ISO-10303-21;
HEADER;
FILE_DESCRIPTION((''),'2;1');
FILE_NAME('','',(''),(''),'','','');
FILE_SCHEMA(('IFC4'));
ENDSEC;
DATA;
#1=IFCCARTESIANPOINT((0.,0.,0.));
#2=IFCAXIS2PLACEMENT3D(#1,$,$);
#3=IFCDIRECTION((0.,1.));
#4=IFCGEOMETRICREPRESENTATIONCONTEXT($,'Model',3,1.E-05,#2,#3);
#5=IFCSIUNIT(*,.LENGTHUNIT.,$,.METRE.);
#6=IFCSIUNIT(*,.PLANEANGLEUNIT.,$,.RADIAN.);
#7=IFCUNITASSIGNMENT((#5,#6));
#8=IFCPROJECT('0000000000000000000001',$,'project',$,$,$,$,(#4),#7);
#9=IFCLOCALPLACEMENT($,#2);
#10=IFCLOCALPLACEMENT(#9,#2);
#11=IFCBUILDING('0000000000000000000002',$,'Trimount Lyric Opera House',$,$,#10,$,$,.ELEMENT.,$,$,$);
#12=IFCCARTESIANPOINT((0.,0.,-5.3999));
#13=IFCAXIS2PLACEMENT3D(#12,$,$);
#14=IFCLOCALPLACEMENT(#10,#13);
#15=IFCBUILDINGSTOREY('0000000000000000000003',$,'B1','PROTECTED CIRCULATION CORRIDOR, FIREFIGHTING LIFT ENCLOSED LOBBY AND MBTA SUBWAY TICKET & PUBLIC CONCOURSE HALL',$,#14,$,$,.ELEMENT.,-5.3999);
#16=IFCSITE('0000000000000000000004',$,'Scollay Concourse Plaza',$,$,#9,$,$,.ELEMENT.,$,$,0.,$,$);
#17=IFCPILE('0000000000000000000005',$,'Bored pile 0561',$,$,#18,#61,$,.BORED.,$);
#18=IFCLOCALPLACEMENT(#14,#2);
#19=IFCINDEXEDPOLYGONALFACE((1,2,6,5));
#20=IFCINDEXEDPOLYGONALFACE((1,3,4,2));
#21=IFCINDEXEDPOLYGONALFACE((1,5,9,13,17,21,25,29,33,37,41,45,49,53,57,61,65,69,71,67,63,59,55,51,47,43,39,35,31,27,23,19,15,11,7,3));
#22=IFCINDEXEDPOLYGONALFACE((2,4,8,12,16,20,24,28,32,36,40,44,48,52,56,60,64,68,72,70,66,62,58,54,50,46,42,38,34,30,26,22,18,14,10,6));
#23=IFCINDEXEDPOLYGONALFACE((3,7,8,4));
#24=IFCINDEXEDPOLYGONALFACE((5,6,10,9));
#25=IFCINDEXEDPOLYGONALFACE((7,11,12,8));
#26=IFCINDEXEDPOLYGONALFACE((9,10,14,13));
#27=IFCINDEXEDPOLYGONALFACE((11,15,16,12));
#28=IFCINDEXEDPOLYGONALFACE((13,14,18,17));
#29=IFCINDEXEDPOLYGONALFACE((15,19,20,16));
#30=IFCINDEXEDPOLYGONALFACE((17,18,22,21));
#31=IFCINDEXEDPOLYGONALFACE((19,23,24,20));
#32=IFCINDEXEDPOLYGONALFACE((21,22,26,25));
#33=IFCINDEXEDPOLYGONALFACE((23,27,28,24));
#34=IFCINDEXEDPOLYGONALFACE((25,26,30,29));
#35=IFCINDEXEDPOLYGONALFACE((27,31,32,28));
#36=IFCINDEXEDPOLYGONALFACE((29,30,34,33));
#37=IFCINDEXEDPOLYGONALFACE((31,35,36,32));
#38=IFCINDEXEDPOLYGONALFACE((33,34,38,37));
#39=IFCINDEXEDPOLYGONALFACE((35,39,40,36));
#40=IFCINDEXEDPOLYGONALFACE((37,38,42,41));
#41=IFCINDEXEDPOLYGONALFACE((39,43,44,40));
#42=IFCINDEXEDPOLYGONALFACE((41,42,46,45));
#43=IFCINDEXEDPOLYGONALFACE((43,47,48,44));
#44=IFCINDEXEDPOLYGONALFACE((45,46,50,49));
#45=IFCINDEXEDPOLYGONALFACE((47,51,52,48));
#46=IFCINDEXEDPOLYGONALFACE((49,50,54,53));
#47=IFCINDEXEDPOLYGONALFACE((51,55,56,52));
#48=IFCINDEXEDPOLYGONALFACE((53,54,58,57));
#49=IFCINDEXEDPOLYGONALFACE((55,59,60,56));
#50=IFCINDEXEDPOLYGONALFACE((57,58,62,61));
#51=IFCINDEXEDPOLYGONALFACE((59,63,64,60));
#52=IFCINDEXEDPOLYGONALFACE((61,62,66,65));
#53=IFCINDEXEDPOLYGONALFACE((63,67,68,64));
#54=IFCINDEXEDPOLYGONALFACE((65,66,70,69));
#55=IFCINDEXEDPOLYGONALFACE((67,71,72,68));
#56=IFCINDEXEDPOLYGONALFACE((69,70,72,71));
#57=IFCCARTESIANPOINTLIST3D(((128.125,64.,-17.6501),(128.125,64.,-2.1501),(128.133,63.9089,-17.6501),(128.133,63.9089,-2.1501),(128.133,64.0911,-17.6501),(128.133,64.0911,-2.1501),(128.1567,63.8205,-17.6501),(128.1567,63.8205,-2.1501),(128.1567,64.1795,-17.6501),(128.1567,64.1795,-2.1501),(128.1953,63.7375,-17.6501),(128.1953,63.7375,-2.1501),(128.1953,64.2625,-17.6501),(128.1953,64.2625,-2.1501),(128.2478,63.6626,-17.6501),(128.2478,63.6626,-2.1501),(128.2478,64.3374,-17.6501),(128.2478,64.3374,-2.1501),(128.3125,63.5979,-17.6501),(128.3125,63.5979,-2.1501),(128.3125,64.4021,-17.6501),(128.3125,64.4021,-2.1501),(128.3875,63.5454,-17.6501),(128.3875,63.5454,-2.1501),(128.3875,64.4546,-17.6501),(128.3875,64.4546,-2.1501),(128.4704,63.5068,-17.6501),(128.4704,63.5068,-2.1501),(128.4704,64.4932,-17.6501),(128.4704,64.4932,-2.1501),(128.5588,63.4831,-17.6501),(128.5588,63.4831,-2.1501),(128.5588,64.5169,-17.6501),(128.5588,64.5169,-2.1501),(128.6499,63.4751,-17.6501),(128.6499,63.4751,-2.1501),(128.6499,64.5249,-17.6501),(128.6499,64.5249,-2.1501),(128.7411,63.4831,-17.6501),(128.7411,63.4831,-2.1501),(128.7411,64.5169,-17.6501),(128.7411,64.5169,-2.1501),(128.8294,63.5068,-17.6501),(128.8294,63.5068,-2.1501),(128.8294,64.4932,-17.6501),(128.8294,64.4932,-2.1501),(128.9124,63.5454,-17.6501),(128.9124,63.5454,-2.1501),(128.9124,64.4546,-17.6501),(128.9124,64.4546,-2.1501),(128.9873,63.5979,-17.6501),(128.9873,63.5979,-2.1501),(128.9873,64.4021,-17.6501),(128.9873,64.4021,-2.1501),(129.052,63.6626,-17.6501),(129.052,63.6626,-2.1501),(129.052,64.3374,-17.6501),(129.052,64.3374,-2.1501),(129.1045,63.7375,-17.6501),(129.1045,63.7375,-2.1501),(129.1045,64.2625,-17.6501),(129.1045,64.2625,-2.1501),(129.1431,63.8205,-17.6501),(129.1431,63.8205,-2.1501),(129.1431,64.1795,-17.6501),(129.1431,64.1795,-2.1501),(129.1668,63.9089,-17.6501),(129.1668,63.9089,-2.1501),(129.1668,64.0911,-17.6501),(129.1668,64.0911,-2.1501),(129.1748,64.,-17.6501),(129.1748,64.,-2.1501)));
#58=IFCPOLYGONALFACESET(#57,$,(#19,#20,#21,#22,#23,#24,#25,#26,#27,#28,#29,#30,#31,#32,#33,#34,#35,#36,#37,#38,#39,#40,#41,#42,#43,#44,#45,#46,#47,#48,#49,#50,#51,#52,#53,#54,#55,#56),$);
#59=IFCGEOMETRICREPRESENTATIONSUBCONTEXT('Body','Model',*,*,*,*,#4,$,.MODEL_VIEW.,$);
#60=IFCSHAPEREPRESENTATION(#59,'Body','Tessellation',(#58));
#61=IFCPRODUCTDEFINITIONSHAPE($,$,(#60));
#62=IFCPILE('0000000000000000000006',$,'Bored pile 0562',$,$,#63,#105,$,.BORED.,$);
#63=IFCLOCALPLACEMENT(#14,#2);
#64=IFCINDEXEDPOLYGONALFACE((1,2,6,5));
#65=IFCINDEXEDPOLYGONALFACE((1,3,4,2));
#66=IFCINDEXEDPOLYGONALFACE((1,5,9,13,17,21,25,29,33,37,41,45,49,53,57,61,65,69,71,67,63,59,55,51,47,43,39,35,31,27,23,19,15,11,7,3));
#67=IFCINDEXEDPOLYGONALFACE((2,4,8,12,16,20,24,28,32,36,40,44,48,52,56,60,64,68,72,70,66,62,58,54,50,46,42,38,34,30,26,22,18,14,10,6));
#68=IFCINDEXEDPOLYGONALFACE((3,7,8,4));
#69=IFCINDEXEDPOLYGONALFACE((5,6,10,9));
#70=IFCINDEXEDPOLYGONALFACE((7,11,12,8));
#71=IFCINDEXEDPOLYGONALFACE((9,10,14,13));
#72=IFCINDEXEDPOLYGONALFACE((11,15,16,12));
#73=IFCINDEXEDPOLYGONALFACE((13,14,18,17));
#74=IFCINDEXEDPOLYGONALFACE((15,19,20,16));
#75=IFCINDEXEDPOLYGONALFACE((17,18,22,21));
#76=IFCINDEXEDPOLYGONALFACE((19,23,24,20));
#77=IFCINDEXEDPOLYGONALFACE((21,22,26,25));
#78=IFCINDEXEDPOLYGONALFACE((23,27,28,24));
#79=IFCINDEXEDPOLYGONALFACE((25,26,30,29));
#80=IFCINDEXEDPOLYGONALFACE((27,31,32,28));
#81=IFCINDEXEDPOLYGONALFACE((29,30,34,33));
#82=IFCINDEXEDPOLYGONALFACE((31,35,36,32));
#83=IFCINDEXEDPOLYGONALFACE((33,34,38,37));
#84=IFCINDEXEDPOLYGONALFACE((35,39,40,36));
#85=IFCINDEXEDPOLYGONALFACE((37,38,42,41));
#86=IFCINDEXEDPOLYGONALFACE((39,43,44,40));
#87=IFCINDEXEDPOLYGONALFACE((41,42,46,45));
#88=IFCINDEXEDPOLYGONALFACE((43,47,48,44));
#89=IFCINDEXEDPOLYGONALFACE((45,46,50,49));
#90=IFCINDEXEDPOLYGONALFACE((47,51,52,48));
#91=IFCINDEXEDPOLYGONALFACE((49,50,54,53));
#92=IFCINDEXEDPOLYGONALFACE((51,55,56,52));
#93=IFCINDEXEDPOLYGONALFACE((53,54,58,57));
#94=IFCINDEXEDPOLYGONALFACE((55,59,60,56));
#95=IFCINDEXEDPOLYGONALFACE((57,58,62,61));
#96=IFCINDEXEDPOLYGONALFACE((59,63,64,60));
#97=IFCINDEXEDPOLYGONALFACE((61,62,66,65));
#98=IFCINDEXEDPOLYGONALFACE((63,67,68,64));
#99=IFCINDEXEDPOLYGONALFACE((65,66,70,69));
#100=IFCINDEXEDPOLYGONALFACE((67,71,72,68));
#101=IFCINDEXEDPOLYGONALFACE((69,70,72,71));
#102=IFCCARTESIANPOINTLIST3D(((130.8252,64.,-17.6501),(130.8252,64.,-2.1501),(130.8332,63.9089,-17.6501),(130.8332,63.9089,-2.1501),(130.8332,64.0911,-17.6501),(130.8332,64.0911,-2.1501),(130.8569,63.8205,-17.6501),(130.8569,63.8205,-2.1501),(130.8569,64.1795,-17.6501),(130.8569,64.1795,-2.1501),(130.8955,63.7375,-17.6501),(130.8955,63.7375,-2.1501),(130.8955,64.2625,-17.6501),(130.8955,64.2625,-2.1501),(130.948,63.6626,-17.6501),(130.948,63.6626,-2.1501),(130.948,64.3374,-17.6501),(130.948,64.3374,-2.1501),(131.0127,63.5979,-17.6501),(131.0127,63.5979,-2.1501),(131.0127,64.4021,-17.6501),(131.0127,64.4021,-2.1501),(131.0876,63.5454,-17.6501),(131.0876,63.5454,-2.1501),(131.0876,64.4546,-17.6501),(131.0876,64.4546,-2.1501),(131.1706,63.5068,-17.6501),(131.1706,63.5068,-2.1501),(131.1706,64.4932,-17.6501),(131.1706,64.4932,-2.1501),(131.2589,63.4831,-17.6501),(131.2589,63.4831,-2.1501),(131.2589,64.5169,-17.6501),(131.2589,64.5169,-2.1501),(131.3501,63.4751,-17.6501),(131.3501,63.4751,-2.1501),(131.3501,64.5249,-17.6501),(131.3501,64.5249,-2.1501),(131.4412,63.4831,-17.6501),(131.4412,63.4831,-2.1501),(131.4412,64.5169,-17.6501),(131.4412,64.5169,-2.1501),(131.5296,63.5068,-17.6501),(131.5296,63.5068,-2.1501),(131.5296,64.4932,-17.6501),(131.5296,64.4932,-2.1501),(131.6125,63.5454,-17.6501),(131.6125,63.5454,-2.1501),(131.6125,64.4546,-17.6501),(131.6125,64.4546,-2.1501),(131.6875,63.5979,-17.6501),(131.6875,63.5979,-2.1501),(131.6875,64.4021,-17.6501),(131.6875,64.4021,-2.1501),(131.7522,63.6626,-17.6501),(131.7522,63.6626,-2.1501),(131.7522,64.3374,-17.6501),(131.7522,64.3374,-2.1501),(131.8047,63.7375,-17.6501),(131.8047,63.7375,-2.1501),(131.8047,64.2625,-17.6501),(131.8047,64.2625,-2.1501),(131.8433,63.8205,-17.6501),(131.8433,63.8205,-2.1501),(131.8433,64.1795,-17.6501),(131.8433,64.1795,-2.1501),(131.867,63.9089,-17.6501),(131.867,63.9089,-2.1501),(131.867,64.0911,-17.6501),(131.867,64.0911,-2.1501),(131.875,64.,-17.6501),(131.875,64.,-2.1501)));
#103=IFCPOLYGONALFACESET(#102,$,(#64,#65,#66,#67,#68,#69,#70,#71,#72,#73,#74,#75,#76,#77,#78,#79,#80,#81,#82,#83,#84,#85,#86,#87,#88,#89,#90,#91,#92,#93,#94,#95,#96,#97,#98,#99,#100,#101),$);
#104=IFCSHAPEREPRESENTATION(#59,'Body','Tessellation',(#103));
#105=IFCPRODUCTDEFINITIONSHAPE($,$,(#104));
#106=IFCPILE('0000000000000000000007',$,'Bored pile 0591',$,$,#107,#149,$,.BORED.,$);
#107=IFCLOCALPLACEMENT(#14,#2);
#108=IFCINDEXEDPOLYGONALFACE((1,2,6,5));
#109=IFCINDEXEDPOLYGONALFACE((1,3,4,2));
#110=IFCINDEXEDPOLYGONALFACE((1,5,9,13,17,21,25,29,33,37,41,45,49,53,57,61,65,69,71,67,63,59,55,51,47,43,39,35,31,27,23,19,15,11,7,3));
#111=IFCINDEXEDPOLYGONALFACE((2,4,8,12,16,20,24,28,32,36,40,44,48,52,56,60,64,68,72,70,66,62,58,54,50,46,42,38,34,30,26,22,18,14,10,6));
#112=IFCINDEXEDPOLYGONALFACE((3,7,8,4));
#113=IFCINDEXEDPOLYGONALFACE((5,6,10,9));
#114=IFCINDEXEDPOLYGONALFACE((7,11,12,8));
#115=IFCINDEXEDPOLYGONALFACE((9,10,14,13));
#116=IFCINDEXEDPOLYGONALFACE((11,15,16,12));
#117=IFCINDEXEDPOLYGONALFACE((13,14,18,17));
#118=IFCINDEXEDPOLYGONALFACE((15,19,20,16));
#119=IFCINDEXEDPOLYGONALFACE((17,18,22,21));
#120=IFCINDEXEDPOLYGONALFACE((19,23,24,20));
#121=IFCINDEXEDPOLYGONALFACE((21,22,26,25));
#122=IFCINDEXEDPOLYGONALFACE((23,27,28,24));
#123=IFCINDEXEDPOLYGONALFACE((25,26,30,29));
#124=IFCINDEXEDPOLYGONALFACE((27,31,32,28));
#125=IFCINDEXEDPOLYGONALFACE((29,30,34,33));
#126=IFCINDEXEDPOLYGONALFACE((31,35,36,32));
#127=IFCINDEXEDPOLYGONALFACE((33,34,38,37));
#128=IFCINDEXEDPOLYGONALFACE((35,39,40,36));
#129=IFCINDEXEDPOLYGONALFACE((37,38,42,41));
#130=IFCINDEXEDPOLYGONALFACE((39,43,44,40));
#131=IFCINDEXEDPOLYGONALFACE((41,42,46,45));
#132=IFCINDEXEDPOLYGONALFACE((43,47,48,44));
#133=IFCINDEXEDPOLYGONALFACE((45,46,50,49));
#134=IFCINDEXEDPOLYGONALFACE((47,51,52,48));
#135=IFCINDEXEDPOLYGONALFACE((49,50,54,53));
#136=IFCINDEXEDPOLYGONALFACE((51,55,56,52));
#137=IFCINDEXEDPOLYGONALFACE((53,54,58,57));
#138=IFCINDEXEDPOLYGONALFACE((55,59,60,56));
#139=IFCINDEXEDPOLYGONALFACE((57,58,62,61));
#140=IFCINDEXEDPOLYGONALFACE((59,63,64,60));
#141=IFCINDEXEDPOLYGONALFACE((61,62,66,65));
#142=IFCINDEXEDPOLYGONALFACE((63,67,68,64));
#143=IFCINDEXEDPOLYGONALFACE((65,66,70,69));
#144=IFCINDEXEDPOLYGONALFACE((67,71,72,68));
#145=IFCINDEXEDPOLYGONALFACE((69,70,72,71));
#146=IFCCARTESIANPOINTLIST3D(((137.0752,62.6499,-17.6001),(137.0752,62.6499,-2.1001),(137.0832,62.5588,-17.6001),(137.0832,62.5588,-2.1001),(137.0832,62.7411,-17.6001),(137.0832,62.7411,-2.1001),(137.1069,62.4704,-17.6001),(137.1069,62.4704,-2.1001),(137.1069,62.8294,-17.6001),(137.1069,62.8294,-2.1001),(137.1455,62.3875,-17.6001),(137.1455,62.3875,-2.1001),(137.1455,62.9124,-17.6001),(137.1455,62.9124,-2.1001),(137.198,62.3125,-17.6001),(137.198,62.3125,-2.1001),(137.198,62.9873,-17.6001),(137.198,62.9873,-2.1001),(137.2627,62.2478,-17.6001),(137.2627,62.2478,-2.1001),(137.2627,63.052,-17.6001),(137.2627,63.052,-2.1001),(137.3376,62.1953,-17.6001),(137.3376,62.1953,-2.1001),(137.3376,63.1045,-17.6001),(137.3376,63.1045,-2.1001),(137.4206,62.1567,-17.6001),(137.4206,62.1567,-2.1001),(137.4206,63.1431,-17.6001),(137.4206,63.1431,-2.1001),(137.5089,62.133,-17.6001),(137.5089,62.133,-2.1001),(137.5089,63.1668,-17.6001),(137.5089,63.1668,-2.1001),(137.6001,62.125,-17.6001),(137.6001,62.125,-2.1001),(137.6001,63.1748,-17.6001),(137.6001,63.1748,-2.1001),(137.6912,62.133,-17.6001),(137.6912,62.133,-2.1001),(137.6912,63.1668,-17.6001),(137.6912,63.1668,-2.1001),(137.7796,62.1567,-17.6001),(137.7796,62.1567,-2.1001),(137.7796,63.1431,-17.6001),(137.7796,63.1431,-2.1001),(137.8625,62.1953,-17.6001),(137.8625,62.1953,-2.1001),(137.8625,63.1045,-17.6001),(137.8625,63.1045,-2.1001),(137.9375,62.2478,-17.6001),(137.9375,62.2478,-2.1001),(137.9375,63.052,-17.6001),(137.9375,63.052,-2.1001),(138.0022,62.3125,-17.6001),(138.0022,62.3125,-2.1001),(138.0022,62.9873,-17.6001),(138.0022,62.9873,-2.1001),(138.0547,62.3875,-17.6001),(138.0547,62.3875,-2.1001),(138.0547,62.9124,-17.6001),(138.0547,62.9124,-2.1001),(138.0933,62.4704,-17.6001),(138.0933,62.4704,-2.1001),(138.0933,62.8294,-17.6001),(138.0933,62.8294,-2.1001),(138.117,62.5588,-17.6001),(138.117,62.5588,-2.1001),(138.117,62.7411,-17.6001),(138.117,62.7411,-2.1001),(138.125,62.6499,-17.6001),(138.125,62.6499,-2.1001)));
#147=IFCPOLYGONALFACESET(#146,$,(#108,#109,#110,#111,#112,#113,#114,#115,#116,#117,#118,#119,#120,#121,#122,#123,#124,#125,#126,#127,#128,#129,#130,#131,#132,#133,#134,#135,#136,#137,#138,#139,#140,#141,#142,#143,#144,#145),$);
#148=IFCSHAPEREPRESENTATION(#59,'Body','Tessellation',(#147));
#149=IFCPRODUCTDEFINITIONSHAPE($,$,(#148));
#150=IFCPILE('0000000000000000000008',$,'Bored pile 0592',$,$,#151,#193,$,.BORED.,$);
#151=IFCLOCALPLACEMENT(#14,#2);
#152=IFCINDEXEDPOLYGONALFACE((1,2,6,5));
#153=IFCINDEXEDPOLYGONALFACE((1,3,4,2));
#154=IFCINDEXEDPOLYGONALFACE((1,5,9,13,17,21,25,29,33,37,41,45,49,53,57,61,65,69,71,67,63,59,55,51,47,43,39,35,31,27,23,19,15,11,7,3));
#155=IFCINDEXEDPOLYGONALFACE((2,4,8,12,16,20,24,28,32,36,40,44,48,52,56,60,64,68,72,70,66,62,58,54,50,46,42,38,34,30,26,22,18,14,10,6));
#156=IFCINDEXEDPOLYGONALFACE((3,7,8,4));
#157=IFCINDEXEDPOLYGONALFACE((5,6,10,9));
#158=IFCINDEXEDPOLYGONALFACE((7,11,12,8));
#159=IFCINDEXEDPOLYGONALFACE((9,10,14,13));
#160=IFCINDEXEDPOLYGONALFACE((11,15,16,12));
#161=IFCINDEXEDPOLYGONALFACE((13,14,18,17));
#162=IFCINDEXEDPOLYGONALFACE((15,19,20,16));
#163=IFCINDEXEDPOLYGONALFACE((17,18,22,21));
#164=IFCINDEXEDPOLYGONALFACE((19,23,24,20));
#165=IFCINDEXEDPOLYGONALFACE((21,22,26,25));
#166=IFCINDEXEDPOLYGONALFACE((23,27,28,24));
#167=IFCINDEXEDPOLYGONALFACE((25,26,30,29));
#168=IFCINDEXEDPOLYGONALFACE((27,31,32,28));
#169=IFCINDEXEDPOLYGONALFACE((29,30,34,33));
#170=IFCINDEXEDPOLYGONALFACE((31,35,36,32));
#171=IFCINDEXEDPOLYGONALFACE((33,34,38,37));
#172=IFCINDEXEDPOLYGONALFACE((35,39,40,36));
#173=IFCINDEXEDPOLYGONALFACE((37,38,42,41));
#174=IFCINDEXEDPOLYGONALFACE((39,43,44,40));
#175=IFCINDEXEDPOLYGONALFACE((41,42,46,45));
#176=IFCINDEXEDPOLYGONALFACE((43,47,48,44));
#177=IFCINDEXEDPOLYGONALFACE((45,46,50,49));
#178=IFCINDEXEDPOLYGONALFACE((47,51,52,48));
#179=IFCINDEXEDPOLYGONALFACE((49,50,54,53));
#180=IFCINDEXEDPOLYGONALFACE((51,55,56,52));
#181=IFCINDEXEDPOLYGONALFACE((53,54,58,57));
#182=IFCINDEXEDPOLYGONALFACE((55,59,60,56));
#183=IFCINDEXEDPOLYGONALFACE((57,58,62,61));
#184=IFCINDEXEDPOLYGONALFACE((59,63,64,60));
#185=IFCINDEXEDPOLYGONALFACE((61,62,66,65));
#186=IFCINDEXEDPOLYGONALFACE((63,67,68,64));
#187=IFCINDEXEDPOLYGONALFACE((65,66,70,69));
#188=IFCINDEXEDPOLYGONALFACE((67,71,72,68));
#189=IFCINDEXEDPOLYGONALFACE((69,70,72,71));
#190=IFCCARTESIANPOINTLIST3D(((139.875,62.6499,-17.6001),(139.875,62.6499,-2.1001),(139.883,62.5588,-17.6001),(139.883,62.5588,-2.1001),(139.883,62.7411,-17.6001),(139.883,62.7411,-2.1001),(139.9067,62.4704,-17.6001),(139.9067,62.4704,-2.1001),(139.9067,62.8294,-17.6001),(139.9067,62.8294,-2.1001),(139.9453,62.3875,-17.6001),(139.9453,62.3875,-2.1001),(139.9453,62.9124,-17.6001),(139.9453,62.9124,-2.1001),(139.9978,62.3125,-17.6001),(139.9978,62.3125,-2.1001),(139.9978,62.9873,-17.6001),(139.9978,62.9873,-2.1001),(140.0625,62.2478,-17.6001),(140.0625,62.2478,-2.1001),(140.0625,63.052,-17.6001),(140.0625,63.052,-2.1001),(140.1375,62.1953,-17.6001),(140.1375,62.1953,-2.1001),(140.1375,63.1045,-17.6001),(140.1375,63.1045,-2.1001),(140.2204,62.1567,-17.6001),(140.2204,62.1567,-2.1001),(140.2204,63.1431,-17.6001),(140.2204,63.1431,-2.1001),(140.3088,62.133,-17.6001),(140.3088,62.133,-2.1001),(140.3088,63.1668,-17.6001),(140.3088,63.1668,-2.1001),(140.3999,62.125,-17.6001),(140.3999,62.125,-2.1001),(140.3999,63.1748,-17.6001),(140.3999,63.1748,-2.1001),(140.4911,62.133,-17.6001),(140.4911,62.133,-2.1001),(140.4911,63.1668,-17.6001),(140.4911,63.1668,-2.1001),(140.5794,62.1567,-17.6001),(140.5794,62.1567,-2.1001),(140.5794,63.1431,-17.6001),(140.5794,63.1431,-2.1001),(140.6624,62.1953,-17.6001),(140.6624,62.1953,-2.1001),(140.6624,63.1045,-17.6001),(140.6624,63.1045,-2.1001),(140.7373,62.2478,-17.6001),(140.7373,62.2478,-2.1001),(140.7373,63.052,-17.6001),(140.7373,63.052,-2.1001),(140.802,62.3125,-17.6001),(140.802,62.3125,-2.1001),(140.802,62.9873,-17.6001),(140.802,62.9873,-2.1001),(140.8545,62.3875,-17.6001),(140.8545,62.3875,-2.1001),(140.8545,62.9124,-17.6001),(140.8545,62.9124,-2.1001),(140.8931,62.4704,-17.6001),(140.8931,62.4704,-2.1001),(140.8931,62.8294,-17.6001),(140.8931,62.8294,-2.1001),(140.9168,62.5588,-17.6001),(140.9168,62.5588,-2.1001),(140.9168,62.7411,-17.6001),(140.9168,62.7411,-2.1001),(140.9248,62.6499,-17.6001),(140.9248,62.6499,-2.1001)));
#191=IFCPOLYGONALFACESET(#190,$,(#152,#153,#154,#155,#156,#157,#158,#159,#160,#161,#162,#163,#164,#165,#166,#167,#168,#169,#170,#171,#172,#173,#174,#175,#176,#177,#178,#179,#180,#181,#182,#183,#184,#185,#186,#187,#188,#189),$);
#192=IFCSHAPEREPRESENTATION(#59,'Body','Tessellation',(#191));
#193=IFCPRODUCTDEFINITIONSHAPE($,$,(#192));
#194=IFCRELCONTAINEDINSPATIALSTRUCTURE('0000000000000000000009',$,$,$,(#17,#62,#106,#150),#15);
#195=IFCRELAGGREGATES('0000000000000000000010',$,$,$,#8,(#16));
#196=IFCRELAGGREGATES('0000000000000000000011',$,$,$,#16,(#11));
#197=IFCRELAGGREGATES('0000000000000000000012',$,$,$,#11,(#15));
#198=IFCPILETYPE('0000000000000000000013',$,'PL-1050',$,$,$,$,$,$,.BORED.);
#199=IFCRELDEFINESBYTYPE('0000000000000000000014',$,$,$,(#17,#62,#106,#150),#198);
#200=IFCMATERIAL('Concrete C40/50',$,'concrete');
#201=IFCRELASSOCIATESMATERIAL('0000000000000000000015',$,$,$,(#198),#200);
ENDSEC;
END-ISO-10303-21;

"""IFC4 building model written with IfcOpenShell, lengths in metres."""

from ifc_helpers import new_model, si_unit, direction, frame, origin, origin_2d, place, context, subcontext, project, spatial, circle, extrude, material, material_profile, profile_set, type_object, element, save


model = new_model("IFC4")

# Units and contexts
model_context = context("Model", 3, precision=1e-05, world=origin(), true_north=direction((0.0, 1.0)))
body_context = subcontext(model_context, "Body", "Model", "MODEL_VIEW")
ifc_project = project(units=[si_unit("LENGTHUNIT", "METRE"), si_unit("PLANEANGLEUNIT", "RADIAN")], contexts=[model_context])

# Site, building, storey
site_placement = place(None, origin())
site = spatial("IfcSite", under=ifc_project, at=site_placement, Name="Scollay Concourse Plaza", CompositionType="ELEMENT", RefElevation=0.0)
building_placement = place(site_placement, origin())
building = spatial("IfcBuilding", under=site, at=building_placement, Name="Trimount Lyric Opera House", CompositionType="ELEMENT")
storey_placement = place(building_placement, frame((0.0, 0.0, -5.3999)))
storey = spatial("IfcBuildingStorey", under=building, at=storey_placement, Name="B1", Description="PROTECTED CIRCULATION CORRIDOR, FIREFIGHTING LIFT ENCLOSED LOBBY AND MBTA SUBWAY TICKET & PUBLIC CONCOURSE HALL", CompositionType="ELEMENT", Elevation=-5.3999)

# Piles
ifc_material_1 = material(Name="Concrete C40/50", Category="concrete")
ifc_material_profile_1 = material_profile(ifc_material_1, circle(Radius=0.5249, at=origin_2d()), Name="PILE-D1050")
ifc_profile_set_1 = profile_set([ifc_material_profile_1], Name="Concrete C40/50")
pile_type_1 = type_object("IfcPileType", Name="PL-1050", PredefinedType="BORED", material=ifc_profile_set_1)
for number, where, z_axis, x_axis, name in (
    (1, (128.6499, 64.0, -2.1501), (0.0, 0.0, -1.0), (1.0, 0.0, 0.0), "Bored pile 0561"),
    (2, (131.3501, 64.0, -2.1501), (0.0, 0.0, -1.0), (1.0, 0.0, 0.0), "Bored pile 0562"),
    (3, (137.6001, 62.6499, -2.1001), (0.0, 0.0, -1.0), (1.0, 0.0, 0.0), "Bored pile 0591"),
    (4, (140.3999, 62.6499, -2.1001), (0.0, 0.0, -1.0), (1.0, 0.0, 0.0), "Bored pile 0592"),
):
    element("IfcPile", number, at=place(storey_placement, frame(where, z_axis=z_axis, x_axis=x_axis)), inside=storey, type_object=pile_type_1, Name=name, PredefinedType="BORED", context=body_context, shape_type="SweptSolid", body=[
        extrude(circle(Radius=0.5249, at=origin_2d()), origin(), (0.0, 0.0, 1.0), 15.5),
    ])

save(model, "model.ifc")
